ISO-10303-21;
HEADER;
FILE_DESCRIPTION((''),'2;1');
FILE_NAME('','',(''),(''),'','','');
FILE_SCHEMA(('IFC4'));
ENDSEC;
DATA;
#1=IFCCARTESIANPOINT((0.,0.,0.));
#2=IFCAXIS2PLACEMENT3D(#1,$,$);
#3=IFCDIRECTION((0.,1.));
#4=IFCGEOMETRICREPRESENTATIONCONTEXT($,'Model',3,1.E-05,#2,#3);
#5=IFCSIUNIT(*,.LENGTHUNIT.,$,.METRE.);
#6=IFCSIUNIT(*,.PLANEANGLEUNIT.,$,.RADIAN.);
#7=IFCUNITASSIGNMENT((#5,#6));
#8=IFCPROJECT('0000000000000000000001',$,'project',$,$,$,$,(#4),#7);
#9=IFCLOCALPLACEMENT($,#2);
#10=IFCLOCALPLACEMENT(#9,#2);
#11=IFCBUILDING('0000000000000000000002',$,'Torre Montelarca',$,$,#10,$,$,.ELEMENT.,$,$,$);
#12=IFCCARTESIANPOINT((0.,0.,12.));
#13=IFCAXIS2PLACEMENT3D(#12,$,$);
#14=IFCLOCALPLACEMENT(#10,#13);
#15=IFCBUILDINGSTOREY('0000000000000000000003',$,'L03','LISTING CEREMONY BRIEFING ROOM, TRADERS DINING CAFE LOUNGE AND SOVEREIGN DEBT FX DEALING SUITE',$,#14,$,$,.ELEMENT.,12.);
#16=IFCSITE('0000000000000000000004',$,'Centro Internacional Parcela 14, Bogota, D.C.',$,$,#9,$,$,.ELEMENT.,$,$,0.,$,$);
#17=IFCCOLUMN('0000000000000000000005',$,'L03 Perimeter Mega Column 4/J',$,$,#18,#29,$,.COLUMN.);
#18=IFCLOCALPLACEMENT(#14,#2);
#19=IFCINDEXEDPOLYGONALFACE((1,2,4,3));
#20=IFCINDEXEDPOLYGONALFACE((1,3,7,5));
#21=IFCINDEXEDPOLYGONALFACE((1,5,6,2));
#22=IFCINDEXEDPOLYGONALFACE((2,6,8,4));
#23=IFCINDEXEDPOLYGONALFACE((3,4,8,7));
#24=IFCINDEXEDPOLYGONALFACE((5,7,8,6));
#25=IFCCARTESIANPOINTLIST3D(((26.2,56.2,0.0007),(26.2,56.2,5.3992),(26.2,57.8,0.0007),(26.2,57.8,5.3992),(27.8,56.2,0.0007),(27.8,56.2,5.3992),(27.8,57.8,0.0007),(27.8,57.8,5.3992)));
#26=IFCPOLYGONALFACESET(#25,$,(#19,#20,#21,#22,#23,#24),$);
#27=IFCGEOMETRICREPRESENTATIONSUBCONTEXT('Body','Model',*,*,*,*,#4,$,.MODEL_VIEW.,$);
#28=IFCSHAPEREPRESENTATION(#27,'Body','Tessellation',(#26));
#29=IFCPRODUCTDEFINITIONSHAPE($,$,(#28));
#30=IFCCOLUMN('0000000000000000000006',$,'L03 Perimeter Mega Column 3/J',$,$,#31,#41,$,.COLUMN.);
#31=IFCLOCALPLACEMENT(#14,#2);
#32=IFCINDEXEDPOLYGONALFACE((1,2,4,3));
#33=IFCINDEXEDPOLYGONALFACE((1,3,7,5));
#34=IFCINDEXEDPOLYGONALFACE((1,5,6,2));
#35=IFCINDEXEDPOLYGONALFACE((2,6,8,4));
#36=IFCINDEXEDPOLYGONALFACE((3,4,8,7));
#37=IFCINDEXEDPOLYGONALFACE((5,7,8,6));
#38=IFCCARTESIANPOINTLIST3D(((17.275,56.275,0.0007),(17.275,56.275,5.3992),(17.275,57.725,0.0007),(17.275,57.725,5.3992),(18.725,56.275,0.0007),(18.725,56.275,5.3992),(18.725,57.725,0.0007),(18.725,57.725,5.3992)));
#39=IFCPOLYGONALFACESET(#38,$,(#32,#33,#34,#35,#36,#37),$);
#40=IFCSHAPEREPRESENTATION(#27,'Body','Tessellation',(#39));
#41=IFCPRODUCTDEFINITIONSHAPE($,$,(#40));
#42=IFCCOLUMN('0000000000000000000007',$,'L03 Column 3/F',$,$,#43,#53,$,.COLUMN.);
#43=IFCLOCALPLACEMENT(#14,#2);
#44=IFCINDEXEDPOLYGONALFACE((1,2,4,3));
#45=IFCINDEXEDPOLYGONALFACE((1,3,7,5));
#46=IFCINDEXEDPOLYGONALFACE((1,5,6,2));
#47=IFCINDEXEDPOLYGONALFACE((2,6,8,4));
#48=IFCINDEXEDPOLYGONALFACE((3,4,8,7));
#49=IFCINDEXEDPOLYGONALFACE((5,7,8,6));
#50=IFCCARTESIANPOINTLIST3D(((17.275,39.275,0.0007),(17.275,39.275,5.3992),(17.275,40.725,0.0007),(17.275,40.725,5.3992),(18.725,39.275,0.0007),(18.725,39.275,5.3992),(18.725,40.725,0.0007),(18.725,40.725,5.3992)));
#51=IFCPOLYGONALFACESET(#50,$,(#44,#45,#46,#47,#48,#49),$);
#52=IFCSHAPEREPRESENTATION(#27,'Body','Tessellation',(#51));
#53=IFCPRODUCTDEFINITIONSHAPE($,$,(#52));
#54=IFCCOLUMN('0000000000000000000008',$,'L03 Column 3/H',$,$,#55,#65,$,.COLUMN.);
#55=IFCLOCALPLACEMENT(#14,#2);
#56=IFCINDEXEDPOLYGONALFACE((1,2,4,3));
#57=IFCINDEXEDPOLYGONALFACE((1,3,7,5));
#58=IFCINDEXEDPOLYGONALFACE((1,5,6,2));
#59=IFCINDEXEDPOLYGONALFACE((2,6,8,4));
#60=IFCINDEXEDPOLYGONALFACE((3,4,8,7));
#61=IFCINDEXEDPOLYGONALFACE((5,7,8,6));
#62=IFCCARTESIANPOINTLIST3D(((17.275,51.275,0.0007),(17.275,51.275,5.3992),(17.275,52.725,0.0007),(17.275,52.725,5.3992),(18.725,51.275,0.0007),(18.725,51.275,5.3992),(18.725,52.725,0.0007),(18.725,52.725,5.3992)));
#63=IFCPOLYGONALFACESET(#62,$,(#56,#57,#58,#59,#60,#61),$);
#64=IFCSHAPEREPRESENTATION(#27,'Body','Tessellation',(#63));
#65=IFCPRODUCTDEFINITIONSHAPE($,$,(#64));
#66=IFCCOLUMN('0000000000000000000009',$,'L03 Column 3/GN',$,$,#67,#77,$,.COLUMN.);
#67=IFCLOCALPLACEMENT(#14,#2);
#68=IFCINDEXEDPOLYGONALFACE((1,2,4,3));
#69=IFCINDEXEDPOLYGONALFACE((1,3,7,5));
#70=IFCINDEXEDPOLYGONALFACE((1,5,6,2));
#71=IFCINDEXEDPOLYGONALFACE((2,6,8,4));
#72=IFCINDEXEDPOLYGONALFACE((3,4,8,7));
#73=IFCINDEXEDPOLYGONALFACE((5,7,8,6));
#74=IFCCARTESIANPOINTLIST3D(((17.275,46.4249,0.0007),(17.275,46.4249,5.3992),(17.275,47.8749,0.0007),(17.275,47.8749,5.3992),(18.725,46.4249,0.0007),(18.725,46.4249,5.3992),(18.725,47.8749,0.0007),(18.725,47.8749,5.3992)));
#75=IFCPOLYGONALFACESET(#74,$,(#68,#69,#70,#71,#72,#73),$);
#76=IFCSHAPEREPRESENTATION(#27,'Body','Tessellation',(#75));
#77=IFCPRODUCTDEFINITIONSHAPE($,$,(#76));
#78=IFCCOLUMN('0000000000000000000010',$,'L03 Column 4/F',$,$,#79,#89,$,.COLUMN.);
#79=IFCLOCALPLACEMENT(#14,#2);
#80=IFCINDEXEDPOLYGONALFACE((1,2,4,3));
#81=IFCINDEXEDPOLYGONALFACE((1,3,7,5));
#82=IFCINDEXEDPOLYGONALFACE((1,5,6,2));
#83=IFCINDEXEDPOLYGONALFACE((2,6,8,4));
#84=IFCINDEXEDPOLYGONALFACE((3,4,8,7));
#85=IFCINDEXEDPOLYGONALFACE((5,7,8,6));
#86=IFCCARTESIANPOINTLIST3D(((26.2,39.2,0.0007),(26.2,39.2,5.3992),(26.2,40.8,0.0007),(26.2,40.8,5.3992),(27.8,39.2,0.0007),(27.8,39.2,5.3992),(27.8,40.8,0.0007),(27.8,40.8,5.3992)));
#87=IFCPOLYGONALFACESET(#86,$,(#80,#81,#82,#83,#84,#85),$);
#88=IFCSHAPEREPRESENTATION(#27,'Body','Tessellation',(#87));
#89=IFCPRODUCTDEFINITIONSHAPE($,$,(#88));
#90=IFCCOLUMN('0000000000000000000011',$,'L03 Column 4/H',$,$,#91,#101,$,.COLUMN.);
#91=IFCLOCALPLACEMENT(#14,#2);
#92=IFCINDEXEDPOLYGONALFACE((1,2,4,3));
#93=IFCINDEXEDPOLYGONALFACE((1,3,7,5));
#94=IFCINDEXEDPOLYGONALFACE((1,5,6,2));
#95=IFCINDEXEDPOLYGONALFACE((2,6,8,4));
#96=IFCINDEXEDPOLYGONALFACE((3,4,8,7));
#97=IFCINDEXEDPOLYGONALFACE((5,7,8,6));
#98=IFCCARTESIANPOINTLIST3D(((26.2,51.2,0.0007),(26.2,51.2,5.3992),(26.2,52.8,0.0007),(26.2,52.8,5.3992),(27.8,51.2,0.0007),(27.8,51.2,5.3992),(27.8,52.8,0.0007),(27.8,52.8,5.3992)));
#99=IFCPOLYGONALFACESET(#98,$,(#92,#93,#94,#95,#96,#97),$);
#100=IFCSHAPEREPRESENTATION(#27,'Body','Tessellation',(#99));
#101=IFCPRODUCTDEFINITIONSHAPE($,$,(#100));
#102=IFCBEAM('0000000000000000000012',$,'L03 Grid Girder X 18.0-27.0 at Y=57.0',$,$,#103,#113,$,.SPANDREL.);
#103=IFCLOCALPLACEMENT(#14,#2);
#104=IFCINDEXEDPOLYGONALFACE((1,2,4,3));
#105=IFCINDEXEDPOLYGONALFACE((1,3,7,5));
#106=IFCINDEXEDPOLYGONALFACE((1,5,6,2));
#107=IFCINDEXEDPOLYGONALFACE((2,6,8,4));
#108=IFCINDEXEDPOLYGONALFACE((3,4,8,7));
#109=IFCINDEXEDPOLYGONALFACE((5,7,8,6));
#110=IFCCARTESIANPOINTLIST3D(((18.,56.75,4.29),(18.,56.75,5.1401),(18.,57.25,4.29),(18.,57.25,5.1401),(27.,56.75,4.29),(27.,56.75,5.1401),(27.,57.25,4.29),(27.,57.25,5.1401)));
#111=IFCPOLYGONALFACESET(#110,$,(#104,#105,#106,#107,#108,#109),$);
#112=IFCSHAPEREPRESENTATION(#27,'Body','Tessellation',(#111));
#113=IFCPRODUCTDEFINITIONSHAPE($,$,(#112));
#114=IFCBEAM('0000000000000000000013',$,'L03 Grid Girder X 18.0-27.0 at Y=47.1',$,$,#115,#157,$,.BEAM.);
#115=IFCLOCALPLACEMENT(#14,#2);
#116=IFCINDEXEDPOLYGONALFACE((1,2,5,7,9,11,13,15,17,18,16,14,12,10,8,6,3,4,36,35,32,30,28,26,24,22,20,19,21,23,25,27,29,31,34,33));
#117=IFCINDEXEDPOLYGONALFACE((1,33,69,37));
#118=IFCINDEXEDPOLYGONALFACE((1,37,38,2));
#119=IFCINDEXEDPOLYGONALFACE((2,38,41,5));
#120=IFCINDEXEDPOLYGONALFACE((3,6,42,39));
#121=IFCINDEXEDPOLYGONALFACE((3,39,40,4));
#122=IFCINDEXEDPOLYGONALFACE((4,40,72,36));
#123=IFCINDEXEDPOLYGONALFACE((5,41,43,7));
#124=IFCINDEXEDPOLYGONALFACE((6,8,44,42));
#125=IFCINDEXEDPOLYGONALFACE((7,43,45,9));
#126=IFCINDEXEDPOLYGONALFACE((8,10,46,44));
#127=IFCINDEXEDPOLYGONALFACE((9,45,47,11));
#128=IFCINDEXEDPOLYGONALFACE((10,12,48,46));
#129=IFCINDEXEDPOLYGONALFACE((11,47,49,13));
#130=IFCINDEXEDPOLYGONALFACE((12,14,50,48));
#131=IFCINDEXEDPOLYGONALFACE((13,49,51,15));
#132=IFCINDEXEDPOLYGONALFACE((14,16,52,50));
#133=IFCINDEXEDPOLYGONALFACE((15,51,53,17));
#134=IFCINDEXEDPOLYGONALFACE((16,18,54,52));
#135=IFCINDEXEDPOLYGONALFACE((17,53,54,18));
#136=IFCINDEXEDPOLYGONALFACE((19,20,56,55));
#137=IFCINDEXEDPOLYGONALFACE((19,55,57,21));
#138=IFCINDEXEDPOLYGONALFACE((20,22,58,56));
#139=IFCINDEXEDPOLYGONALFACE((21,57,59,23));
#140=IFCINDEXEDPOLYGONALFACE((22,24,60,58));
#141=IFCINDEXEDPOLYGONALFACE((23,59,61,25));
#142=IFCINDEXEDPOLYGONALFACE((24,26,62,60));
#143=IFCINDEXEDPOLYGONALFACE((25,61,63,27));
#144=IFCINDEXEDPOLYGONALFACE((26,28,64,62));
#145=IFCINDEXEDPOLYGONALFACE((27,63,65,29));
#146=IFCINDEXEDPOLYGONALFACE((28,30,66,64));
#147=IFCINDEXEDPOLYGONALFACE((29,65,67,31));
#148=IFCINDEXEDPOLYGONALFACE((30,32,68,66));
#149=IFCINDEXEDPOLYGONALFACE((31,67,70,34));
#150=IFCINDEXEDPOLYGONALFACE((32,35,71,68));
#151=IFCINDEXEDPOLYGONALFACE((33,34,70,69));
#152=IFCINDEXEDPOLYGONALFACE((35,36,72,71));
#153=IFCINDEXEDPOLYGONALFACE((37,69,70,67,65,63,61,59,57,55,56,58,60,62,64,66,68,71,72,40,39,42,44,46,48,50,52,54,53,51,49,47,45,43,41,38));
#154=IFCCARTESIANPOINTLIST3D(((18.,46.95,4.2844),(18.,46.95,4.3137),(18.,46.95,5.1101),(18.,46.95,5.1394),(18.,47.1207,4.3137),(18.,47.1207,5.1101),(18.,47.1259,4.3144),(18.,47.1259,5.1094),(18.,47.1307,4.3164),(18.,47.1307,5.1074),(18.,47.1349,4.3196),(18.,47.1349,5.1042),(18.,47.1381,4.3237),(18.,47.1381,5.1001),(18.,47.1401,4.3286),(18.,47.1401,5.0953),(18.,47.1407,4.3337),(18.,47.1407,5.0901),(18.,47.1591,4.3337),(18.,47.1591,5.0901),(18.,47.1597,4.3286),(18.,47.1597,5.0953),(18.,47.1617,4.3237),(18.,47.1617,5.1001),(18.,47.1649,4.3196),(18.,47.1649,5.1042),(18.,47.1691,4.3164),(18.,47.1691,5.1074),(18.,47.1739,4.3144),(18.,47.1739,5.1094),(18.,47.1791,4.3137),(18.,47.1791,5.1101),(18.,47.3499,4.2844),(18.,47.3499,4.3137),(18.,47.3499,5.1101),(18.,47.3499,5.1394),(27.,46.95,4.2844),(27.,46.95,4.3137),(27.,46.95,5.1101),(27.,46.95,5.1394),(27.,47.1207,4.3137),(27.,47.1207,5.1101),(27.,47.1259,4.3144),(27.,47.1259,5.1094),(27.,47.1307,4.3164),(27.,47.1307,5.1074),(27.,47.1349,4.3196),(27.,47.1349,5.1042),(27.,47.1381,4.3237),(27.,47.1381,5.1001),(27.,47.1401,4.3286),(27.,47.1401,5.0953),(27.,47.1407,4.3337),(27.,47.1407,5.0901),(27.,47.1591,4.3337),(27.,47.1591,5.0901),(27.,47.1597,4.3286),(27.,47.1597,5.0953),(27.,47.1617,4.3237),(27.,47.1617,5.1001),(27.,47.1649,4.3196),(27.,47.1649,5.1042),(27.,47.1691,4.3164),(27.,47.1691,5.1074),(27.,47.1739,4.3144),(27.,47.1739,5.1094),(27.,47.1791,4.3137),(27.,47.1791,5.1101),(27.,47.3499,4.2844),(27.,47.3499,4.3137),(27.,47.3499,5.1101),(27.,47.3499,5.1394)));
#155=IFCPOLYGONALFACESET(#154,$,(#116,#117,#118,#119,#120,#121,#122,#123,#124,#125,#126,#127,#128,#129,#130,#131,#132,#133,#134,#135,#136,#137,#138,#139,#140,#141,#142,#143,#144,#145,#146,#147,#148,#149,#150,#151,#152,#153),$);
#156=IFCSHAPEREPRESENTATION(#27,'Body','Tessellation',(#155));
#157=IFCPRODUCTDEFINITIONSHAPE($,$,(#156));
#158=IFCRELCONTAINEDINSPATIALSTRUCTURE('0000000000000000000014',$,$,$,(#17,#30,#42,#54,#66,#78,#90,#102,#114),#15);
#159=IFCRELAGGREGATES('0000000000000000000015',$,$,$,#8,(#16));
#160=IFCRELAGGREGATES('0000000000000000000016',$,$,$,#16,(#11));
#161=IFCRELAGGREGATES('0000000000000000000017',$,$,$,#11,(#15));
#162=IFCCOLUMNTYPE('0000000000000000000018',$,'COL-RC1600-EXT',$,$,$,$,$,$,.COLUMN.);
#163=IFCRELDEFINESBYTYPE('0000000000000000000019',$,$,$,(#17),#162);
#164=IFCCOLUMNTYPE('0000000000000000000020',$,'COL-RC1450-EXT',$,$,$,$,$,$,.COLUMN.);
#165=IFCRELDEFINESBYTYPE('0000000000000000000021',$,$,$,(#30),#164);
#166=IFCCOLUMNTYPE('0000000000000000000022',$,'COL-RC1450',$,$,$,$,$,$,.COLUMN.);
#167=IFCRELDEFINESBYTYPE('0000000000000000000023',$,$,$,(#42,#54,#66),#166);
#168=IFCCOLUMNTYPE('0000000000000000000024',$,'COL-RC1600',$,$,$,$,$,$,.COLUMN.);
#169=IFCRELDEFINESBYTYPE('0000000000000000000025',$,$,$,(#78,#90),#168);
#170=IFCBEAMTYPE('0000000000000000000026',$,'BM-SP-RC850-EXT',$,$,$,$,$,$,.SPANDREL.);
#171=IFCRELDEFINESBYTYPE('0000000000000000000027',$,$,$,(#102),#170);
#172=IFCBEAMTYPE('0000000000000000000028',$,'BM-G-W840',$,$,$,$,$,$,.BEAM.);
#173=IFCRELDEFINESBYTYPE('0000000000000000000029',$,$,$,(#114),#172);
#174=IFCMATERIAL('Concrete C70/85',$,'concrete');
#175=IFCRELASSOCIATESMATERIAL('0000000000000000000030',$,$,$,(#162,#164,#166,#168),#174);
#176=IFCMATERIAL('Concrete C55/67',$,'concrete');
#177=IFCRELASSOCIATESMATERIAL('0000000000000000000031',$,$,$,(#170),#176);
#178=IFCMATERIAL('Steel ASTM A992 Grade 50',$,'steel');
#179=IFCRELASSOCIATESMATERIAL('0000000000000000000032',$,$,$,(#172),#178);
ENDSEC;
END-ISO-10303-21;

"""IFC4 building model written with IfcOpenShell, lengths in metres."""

from ifc_helpers import new_model, si_unit, direction, frame, origin, origin_2d, place, context, subcontext, project, spatial, rectangle, i_section, extrude, source, transform, mapped, material, material_profile, profile_set, type_object, element, save


model = new_model("IFC4")

# Units and contexts
model_context = context("Model", 3, precision=1e-05, world=origin(), true_north=direction((0.0, 1.0)))
body_context = subcontext(model_context, "Body", "Model", "MODEL_VIEW")
ifc_project = project(units=[si_unit("LENGTHUNIT", "METRE"), si_unit("PLANEANGLEUNIT", "RADIAN")], contexts=[model_context])

# Site, building, storey
site_placement = place(None, origin())
site = spatial("IfcSite", under=ifc_project, at=site_placement, Name="Centro Internacional Parcela 14, Bogota, D.C.", CompositionType="ELEMENT", RefElevation=0.0)
building_placement = place(site_placement, origin())
building = spatial("IfcBuilding", under=site, at=building_placement, Name="Torre Montelarca", CompositionType="ELEMENT")
storey_placement = place(building_placement, frame((0.0, 0.0, 12.0)))
storey = spatial("IfcBuildingStorey", under=building, at=storey_placement, Name="L03", Description="LISTING CEREMONY BRIEFING ROOM, TRADERS DINING CAFE LOUNGE AND SOVEREIGN DEBT FX DEALING SUITE", CompositionType="ELEMENT", Elevation=12.0)

# Columns
ifc_material_1 = material(Name="Concrete C70/85", Category="concrete")
ifc_material_profile_1 = material_profile(ifc_material_1, rectangle(XDim=1.6001, YDim=1.6001, at=origin_2d()), Name="RC1600X1600", Category="concrete")
ifc_profile_set_1 = profile_set([ifc_material_profile_1], Name="Concrete C70/85")
column_type_1 = type_object("IfcColumnType", Name="COL-RC1600-EXT", PredefinedType="COLUMN", material=ifc_profile_set_1)
shared_shape_1 = source(origin(), body_context, "Body", "SweptSolid", [
    extrude(rectangle(XDim=1.6001, YDim=1.6001, at=origin_2d()), origin(), (0.0, 0.0, 1.0), 5.3984),
])
column_1_placement = place(storey_placement, frame((27.0, 57.0, 0.0007), z_axis=(0.0, 0.0, 1.0), x_axis=(1.0, 0.0, 0.0)))
element("IfcColumn", 1, at=column_1_placement, inside=storey, type_object=column_type_1, Name="L03 Perimeter Mega Column 4/J", PredefinedType="COLUMN", context=body_context, shape_type="MappedRepresentation", body=[
    mapped(shared_shape_1, transform((0.0, 0.0, 0.0), scale=1.0)),
])
ifc_material_profile_2 = material_profile(ifc_material_1, rectangle(XDim=1.45, YDim=1.45, at=origin_2d()), Name="RC1450X1450", Category="concrete")
ifc_profile_set_2 = profile_set([ifc_material_profile_2], Name="Concrete C70/85")
column_type_2 = type_object("IfcColumnType", Name="COL-RC1450-EXT", PredefinedType="COLUMN", material=ifc_profile_set_2)
shared_shape_2 = source(origin(), body_context, "Body", "SweptSolid", [
    extrude(rectangle(XDim=1.45, YDim=1.45, at=origin_2d()), origin(), (0.0, 0.0, 1.0), 5.3984),
])
column_2_placement = place(storey_placement, frame((18.0, 57.0, 0.0007), z_axis=(0.0, 0.0, 1.0), x_axis=(1.0, 0.0, 0.0)))
element("IfcColumn", 2, at=column_2_placement, inside=storey, type_object=column_type_2, Name="L03 Perimeter Mega Column 3/J", PredefinedType="COLUMN", context=body_context, shape_type="MappedRepresentation", body=[
    mapped(shared_shape_2, transform((0.0, 0.0, 0.0), scale=1.0)),
])
ifc_material_profile_3 = material_profile(ifc_material_1, rectangle(XDim=1.45, YDim=1.45, at=origin_2d()), Name="RC1450X1450", Category="concrete")
ifc_profile_set_3 = profile_set([ifc_material_profile_3], Name="Concrete C70/85")
column_type_3 = type_object("IfcColumnType", Name="COL-RC1450", PredefinedType="COLUMN", material=ifc_profile_set_3)
shared_shape_3 = source(origin(), body_context, "Body", "SweptSolid", [
    extrude(rectangle(XDim=1.45, YDim=1.45, at=origin_2d()), origin(), (0.0, 0.0, 1.0), 5.3984),
])
for number, where, z_axis, x_axis, name in (
    (3, (18.0, 40.0, 0.0007), (0.0, 0.0, 1.0), (1.0, 0.0, 0.0), "L03 Column 3/F"),
    (4, (18.0, 52.0, 0.0007), (0.0, 0.0, 1.0), (1.0, 0.0, 0.0), "L03 Column 3/H"),
    (5, (18.0, 47.1499, 0.0007), (0.0, 0.0, 1.0), (1.0, 0.0, 0.0), "L03 Column 3/GN"),
):
    element("IfcColumn", number, at=place(storey_placement, frame(where, z_axis=z_axis, x_axis=x_axis)), inside=storey, type_object=column_type_3, Name=name, PredefinedType="COLUMN", context=body_context, shape_type="MappedRepresentation", body=[
        mapped(shared_shape_3, transform((0.0, 0.0, 0.0), scale=1.0)),
    ])
ifc_material_profile_4 = material_profile(ifc_material_1, rectangle(XDim=1.6001, YDim=1.6001, at=origin_2d()), Name="RC1600X1600", Category="concrete")
ifc_profile_set_4 = profile_set([ifc_material_profile_4], Name="Concrete C70/85")
column_type_4 = type_object("IfcColumnType", Name="COL-RC1600", PredefinedType="COLUMN", material=ifc_profile_set_4)
shared_shape_4 = source(origin(), body_context, "Body", "SweptSolid", [
    extrude(rectangle(XDim=1.6001, YDim=1.6001, at=origin_2d()), origin(), (0.0, 0.0, 1.0), 5.3984),
])
for number, where, z_axis, x_axis, name in (
    (6, (27.0, 40.0, 0.0007), (0.0, 0.0, 1.0), (1.0, 0.0, 0.0), "L03 Column 4/F"),
    (7, (27.0, 52.0, 0.0007), (0.0, 0.0, 1.0), (1.0, 0.0, 0.0), "L03 Column 4/H"),
):
    element("IfcColumn", number, at=place(storey_placement, frame(where, z_axis=z_axis, x_axis=x_axis)), inside=storey, type_object=column_type_4, Name=name, PredefinedType="COLUMN", context=body_context, shape_type="MappedRepresentation", body=[
        mapped(shared_shape_4, transform((0.0, 0.0, 0.0), scale=1.0)),
    ])

# Beams
ifc_material_2 = material(Name="Concrete C55/67", Category="concrete")
ifc_material_profile_5 = material_profile(ifc_material_2, rectangle(XDim=0.5, YDim=0.8501, at=origin_2d()), Name="RCB500X850", Category="concrete")
ifc_profile_set_5 = profile_set([ifc_material_profile_5], Name="Concrete C55/67")
beam_type_1 = type_object("IfcBeamType", Name="BM-SP-RC850-EXT", PredefinedType="SPANDREL", material=ifc_profile_set_5)
shared_shape_5 = source(origin(), body_context, "Body", "SweptSolid", [
    extrude(rectangle(XDim=0.5, YDim=0.8501, at=origin_2d()), origin(), (0.0, 0.0, 1.0), 9.0),
])
beam_1_placement = place(storey_placement, frame((18.0, 57.0, 4.7151), z_axis=(1.0, 0.0, 0.0), x_axis=(0.0, 1.0, 0.0)))
element("IfcBeam", 8, at=beam_1_placement, inside=storey, type_object=beam_type_1, Name="L03 Grid Girder X 18.0-27.0 at Y=57.0", PredefinedType="SPANDREL", context=body_context, shape_type="MappedRepresentation", body=[
    mapped(shared_shape_5, transform((0.0, 0.0, 0.0), scale=1.0)),
])
ifc_material_3 = material(Name="Steel ASTM A992 Grade 50", Category="steel")
ifc_material_profile_6 = material_profile(ifc_material_3, i_section(OverallWidth=0.3999, OverallDepth=0.855, WebThickness=0.0183, FlangeThickness=0.0293, FilletRadius=0.02, at=origin_2d()), Name="W840X299", Category="steel")
ifc_profile_set_6 = profile_set([ifc_material_profile_6], Name="Steel ASTM A992 Grade 50")
beam_type_2 = type_object("IfcBeamType", Name="BM-G-W840", PredefinedType="BEAM", material=ifc_profile_set_6)
shared_shape_6 = source(origin(), body_context, "Body", "SweptSolid", [
    extrude(i_section(OverallWidth=0.3999, OverallDepth=0.855, WebThickness=0.0183, FlangeThickness=0.0293, FilletRadius=0.02, at=origin_2d()), origin(), (0.0, 0.0, 1.0), 9.0),
])
for number, where, z_axis, x_axis, name in (
    (9, (18.0, 47.1499, 4.7119), (1.0, 0.0, 0.0), (0.0, 1.0, 0.0), "L03 Grid Girder X 18.0-27.0 at Y=47.1"),
):
    element("IfcBeam", number, at=place(storey_placement, frame(where, z_axis=z_axis, x_axis=x_axis)), inside=storey, type_object=beam_type_2, Name=name, PredefinedType="BEAM", context=body_context, shape_type="MappedRepresentation", body=[
        mapped(shared_shape_6, transform((0.0, 0.0, 0.0), scale=1.0)),
    ])

save(model, "model.ifc")
